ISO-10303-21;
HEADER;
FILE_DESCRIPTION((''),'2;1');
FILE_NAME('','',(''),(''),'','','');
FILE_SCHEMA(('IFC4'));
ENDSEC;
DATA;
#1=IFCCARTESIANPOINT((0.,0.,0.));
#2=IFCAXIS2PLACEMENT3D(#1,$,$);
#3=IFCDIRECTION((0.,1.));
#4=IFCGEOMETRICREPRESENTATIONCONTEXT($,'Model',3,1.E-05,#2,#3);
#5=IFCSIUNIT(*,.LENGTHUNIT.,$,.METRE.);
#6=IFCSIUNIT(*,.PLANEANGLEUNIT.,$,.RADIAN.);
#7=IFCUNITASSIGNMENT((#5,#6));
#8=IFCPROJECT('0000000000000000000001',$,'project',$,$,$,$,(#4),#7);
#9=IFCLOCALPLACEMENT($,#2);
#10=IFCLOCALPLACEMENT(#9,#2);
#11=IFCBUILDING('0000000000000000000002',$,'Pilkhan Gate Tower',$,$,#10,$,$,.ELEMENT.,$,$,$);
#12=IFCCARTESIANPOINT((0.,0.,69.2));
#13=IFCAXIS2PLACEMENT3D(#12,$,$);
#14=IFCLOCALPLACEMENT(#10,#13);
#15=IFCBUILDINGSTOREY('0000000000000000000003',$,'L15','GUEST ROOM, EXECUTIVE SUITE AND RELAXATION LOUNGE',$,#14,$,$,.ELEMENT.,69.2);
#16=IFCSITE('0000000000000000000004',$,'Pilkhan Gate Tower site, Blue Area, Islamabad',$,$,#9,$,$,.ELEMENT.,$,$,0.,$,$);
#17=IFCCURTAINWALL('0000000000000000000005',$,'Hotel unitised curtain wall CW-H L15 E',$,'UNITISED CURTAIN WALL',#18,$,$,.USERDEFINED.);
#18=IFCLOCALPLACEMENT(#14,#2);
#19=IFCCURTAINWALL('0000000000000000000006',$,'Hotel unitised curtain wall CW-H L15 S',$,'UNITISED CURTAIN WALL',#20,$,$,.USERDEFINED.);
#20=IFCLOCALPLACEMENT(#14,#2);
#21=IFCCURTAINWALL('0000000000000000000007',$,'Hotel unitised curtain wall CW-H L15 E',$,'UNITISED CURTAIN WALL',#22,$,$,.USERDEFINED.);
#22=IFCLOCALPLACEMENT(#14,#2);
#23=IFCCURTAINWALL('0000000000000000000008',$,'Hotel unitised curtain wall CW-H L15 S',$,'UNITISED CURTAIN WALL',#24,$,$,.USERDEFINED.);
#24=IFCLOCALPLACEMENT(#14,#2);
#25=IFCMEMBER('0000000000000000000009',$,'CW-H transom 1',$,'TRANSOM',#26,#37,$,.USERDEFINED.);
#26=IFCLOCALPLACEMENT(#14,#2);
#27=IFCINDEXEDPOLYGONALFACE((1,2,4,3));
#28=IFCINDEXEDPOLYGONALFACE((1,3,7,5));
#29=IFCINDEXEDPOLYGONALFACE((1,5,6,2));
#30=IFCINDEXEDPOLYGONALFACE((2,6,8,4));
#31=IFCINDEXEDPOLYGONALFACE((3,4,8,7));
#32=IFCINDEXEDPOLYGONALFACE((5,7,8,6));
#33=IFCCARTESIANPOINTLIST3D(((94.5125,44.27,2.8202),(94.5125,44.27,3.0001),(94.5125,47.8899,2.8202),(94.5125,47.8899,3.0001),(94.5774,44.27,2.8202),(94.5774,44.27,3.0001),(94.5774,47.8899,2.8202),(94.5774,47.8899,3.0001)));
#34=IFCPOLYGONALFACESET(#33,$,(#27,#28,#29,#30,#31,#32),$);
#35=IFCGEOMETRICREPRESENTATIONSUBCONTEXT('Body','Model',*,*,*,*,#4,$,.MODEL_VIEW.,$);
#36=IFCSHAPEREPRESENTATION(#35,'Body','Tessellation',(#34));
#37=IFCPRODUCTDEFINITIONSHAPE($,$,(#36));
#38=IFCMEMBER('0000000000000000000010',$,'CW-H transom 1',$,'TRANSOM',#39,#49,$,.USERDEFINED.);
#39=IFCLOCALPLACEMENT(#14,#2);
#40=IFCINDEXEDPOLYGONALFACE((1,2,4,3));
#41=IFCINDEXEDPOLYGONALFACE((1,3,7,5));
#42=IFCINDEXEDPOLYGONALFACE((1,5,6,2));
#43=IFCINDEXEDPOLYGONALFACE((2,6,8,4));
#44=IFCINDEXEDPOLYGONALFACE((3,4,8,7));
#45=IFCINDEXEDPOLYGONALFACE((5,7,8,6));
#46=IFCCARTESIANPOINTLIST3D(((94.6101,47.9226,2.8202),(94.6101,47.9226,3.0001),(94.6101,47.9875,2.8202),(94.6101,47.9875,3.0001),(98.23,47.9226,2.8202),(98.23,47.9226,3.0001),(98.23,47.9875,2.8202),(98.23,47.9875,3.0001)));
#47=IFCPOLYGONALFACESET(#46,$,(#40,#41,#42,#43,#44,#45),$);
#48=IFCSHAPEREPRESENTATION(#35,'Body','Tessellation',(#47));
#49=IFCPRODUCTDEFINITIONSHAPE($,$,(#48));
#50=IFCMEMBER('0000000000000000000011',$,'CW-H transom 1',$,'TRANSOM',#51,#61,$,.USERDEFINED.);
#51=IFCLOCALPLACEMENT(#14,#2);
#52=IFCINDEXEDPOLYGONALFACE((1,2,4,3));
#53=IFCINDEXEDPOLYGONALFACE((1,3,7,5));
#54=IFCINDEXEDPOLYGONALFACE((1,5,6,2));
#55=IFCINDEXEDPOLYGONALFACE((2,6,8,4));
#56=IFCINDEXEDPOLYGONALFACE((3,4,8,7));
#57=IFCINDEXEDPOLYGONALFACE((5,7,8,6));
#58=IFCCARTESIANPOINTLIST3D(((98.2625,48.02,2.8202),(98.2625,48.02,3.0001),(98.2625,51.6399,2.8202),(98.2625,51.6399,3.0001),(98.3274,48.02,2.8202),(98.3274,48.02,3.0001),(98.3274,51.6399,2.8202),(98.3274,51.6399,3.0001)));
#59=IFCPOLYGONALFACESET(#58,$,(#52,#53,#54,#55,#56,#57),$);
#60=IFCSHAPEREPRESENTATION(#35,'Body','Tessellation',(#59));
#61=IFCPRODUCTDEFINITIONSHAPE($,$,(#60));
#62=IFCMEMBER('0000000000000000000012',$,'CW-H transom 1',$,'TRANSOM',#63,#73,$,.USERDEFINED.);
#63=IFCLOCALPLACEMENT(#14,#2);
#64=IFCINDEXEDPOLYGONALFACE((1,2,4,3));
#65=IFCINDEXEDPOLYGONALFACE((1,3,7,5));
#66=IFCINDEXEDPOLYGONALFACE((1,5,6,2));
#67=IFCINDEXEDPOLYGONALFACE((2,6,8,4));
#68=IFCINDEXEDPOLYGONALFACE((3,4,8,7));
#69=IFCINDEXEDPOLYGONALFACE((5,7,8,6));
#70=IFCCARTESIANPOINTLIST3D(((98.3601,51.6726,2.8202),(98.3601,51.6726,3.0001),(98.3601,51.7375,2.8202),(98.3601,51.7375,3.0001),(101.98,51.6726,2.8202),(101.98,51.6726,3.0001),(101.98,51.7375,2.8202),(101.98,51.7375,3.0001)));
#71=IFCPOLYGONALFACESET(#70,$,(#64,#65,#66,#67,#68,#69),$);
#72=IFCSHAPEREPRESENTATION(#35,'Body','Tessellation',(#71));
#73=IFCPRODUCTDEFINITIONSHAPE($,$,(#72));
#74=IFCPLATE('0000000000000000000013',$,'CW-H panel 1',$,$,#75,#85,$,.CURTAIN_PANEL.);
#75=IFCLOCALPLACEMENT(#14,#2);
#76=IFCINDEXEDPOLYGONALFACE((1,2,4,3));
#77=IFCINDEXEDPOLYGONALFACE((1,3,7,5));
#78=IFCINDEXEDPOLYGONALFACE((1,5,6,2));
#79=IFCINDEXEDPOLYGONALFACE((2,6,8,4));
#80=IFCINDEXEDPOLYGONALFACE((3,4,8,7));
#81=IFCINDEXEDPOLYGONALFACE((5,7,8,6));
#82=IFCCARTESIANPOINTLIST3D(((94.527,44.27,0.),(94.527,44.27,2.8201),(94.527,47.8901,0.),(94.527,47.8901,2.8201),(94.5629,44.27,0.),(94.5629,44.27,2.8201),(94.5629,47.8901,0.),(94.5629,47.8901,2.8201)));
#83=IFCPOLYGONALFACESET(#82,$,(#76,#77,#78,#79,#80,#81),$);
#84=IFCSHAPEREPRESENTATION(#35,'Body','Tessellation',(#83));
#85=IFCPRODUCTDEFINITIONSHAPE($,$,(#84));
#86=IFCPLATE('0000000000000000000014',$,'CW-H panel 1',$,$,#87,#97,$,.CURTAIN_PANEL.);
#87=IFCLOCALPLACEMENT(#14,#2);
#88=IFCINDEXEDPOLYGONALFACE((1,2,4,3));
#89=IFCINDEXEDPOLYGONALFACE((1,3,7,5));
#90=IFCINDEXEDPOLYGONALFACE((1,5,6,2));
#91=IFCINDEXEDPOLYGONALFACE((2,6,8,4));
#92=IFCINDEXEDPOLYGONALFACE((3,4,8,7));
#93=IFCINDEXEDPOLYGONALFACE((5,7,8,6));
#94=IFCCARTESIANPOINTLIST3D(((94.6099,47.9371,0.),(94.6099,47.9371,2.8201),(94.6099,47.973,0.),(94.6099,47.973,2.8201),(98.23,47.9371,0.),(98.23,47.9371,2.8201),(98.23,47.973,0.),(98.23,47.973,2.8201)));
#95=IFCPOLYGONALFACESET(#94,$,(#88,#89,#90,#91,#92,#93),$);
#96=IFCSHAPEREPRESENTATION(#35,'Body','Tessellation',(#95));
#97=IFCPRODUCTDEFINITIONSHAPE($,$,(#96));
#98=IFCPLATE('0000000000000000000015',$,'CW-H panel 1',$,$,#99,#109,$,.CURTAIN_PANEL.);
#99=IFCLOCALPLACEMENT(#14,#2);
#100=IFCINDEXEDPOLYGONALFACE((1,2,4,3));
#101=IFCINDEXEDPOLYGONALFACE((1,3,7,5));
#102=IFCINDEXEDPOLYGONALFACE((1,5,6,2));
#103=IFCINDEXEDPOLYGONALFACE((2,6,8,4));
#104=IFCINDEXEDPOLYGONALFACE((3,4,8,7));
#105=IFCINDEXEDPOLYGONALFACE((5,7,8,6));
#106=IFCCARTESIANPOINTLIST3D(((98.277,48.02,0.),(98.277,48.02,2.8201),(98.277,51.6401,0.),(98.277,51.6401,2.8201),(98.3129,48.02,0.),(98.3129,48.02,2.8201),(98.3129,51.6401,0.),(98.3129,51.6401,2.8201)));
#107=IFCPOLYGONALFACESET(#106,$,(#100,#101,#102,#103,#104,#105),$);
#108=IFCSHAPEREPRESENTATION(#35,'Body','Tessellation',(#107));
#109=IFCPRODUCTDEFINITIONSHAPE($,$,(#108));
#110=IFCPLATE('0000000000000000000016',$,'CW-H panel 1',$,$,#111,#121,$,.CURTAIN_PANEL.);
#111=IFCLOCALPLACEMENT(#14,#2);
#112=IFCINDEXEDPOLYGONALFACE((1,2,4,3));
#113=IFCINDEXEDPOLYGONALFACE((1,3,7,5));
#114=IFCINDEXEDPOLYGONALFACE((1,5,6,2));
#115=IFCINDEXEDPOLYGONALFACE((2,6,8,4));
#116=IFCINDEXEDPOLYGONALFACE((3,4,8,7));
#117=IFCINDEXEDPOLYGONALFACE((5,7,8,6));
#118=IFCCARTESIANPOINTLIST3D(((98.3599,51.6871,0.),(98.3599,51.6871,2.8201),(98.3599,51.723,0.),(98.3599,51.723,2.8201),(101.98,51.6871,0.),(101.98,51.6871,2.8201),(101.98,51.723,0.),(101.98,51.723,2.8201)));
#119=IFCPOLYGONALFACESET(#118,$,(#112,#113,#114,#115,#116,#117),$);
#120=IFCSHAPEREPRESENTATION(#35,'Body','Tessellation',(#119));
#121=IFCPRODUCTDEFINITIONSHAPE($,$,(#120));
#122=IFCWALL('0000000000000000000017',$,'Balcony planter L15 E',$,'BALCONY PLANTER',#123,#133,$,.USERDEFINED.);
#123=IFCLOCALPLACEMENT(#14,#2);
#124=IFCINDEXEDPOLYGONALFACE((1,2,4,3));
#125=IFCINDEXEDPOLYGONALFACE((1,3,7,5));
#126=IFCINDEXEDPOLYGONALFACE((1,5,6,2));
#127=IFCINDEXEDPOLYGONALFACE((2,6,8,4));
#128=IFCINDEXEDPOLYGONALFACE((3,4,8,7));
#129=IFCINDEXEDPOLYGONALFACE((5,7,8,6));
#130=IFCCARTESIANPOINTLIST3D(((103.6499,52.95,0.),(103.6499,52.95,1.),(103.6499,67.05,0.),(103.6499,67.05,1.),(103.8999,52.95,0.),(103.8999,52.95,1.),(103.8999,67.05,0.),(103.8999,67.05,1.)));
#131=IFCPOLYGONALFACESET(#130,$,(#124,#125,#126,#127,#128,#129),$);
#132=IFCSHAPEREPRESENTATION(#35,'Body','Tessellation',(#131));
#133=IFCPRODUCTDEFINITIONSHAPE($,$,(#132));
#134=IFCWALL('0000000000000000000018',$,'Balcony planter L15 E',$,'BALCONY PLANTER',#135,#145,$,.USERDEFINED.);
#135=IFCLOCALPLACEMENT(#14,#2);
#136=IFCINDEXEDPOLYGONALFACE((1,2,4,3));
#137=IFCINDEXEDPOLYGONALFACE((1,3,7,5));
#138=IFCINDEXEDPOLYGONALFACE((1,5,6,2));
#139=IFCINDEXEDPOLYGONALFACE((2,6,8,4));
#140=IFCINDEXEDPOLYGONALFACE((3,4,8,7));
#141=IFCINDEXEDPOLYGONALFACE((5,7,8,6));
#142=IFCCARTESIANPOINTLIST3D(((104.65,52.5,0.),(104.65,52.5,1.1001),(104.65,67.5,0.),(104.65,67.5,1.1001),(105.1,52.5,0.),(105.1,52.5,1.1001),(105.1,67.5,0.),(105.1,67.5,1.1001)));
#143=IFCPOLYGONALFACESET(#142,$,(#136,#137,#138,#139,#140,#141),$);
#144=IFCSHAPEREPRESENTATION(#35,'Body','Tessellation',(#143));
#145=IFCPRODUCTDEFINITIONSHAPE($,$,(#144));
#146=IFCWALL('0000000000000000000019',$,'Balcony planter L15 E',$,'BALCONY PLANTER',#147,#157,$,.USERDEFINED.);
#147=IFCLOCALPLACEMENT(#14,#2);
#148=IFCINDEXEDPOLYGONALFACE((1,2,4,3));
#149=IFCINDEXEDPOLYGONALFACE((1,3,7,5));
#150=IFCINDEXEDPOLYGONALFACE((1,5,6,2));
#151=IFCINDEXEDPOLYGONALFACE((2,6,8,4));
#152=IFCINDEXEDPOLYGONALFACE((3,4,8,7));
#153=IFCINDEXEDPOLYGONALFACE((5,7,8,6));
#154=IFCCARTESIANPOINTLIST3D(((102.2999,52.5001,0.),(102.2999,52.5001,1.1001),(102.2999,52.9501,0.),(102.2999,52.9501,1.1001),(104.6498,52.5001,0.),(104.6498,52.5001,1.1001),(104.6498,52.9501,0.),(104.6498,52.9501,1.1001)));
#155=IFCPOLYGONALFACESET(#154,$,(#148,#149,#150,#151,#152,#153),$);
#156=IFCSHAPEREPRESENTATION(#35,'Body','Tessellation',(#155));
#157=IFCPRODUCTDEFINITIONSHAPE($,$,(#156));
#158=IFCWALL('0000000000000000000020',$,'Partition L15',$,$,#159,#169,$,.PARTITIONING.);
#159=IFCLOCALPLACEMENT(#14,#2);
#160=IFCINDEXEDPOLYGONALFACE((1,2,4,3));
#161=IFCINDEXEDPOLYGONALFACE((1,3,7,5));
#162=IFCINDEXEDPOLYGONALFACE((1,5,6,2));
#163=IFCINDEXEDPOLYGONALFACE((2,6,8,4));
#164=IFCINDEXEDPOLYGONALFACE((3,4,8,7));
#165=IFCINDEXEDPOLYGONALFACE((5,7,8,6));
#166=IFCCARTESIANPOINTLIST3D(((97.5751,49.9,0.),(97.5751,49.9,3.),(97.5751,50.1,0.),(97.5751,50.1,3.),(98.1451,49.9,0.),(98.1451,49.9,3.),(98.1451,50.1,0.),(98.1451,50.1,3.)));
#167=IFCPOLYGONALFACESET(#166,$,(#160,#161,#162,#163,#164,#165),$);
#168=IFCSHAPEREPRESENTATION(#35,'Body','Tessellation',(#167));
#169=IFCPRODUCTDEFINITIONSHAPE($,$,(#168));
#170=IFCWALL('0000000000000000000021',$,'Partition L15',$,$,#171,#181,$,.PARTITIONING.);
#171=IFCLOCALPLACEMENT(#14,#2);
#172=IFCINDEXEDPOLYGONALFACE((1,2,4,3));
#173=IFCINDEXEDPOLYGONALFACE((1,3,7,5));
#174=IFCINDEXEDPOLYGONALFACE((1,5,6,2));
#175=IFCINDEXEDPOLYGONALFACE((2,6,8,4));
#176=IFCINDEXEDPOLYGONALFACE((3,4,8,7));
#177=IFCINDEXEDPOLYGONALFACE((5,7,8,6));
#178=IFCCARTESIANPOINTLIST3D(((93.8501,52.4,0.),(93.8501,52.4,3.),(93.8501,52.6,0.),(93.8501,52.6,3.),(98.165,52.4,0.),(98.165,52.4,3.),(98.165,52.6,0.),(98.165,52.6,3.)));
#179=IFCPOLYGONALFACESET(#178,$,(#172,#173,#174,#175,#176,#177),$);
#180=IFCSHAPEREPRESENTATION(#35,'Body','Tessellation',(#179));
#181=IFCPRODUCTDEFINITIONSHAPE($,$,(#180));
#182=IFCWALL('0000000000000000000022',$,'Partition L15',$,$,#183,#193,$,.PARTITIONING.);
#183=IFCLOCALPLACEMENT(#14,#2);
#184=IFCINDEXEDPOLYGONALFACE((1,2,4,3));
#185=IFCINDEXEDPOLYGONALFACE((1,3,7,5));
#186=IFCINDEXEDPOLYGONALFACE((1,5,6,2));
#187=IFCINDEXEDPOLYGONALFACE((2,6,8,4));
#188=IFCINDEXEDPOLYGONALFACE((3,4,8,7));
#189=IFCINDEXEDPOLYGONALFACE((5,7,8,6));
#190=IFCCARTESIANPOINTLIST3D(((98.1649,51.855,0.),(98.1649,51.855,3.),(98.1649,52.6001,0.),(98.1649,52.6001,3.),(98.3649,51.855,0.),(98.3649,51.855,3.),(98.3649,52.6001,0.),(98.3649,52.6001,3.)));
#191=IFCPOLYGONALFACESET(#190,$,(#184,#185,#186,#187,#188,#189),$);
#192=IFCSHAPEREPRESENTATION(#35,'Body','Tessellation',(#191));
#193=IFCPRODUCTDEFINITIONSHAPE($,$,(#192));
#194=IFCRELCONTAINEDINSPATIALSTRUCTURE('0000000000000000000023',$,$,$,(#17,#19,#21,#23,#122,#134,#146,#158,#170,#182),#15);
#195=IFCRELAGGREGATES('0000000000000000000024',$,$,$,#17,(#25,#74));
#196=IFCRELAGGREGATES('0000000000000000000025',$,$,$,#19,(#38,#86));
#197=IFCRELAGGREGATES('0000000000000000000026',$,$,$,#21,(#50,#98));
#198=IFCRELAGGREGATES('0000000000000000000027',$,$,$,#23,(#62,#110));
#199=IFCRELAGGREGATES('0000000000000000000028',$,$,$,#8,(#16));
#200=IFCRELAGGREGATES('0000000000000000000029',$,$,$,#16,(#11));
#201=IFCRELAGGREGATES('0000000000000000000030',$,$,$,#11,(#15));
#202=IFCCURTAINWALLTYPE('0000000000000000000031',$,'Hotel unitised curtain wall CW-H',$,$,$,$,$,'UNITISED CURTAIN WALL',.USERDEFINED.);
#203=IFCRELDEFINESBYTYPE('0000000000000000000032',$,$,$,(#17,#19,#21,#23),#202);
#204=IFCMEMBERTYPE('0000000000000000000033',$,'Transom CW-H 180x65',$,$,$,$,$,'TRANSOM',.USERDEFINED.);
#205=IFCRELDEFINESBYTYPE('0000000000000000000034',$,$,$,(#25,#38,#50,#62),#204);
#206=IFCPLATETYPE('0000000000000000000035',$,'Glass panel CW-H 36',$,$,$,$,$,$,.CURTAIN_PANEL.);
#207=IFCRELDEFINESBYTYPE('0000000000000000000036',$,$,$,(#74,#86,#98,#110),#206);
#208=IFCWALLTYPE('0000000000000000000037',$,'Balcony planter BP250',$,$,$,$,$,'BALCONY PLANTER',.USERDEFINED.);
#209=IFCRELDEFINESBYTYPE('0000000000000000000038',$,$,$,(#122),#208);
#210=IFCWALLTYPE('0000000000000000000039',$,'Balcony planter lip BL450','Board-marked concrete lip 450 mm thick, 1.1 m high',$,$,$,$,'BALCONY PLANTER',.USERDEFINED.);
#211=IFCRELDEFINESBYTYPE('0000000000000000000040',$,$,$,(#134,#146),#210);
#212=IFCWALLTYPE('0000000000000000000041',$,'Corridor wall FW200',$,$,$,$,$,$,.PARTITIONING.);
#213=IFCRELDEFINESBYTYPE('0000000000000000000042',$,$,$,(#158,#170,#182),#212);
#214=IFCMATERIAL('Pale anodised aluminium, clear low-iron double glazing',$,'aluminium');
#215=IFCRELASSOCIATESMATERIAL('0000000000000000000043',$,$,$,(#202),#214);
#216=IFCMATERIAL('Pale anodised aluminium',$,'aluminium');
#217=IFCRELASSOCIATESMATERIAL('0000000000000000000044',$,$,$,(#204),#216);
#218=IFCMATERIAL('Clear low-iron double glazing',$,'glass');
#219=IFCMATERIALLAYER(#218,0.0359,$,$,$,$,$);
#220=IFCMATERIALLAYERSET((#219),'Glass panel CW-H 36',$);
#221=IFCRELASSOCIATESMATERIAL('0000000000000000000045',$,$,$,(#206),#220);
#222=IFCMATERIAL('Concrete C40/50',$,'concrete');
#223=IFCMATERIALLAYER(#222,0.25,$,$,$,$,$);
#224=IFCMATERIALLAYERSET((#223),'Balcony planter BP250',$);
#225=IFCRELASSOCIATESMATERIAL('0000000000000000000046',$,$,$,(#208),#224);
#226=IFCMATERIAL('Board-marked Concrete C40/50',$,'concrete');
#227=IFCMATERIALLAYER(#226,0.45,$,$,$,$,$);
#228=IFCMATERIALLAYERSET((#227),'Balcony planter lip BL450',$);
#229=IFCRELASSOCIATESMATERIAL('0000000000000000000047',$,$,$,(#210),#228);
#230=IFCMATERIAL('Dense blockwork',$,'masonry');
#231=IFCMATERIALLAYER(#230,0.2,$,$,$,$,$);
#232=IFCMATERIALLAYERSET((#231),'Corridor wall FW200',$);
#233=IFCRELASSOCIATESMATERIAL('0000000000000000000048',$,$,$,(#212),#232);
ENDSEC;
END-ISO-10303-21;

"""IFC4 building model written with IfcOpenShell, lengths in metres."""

from ifc_helpers import new_model, si_unit, direction, frame, frame_2d, origin, origin_2d, place, context, subcontext, project, spatial, rectangle, extrude, material, layer, layer_set, material_profile, profile_set, type_object, element, aggregate, save


model = new_model("IFC4")

# Units and contexts
model_context = context("Model", 3, precision=1e-05, world=origin(), true_north=direction((0.0, 1.0)))
body_context = subcontext(model_context, "Body", "Model", "MODEL_VIEW")
ifc_project = project(units=[si_unit("LENGTHUNIT", "METRE"), si_unit("PLANEANGLEUNIT", "RADIAN")], contexts=[model_context])

# Site, building, storey
site_placement = place(None, origin())
site = spatial("IfcSite", under=ifc_project, at=site_placement, Name="Pilkhan Gate Tower site, Blue Area, Islamabad", CompositionType="ELEMENT", RefElevation=0.0)
building_placement = place(site_placement, origin())
building = spatial("IfcBuilding", under=site, at=building_placement, Name="Pilkhan Gate Tower", CompositionType="ELEMENT")
storey_placement = place(building_placement, frame((0.0, 0.0, 69.2)))
storey = spatial("IfcBuildingStorey", under=building, at=storey_placement, Name="L15", Description="GUEST ROOM, EXECUTIVE SUITE AND RELAXATION LOUNGE", CompositionType="ELEMENT", Elevation=69.2)

# Shared definitions
ifc_material_1 = material(Name="Pale anodised aluminium, clear low-iron double glazing", Category="aluminium")
curtain_wall_type = type_object("IfcCurtainWallType", Name="Hotel unitised curtain wall CW-H", ElementType="UNITISED CURTAIN WALL", PredefinedType="USERDEFINED", material=ifc_material_1)
ifc_material_2 = material(Name="Pale anodised aluminium", Category="aluminium")

# Curtain walls
curtain_wall_1_placement = place(storey_placement, origin())
curtain_wall_1 = element("IfcCurtainWall", 1, at=curtain_wall_1_placement, inside=storey, type_object=curtain_wall_type, Name="Hotel unitised curtain wall CW-H L15 E", ObjectType="UNITISED CURTAIN WALL", PredefinedType="USERDEFINED")
curtain_wall_2_placement = place(storey_placement, origin())
curtain_wall_2 = element("IfcCurtainWall", 2, at=curtain_wall_2_placement, inside=storey, type_object=curtain_wall_type, Name="Hotel unitised curtain wall CW-H L15 S", ObjectType="UNITISED CURTAIN WALL", PredefinedType="USERDEFINED")
curtain_wall_3_placement = place(storey_placement, origin())
curtain_wall_3 = element("IfcCurtainWall", 3, at=curtain_wall_3_placement, inside=storey, type_object=curtain_wall_type, Name="Hotel unitised curtain wall CW-H L15 E", ObjectType="UNITISED CURTAIN WALL", PredefinedType="USERDEFINED")
curtain_wall_4_placement = place(storey_placement, origin())
curtain_wall_4 = element("IfcCurtainWall", 4, at=curtain_wall_4_placement, inside=storey, type_object=curtain_wall_type, Name="Hotel unitised curtain wall CW-H L15 S", ObjectType="UNITISED CURTAIN WALL", PredefinedType="USERDEFINED")

# Members
ifc_material_profile_1 = material_profile(ifc_material_2, rectangle(XDim=0.0649, YDim=0.1799, at=origin_2d()), Name="Transom 180x65")
ifc_profile_set_1 = profile_set([ifc_material_profile_1], Name="Pale anodised aluminium")
member_type_1 = type_object("IfcMemberType", Name="Transom CW-H 180x65", ElementType="TRANSOM", PredefinedType="USERDEFINED", material=ifc_profile_set_1)
member_1_placement = place(storey_placement, frame((94.5449, 44.27, 2.9102), z_axis=(0.0, 1.0, 0.0), x_axis=(-1.0, 0.0, 0.0)))
member_1 = element("IfcMember", 5, at=member_1_placement, type_object=member_type_1, Name="CW-H transom 1", ObjectType="TRANSOM", PredefinedType="USERDEFINED", context=body_context, shape_type="SweptSolid", body=[
    extrude(rectangle(XDim=0.0649, YDim=0.1799, at=origin_2d()), origin(), (0.0, 0.0, 1.0), 3.6199),
])
member_2_placement = place(storey_placement, frame((94.6101, 47.9551, 2.9102), z_axis=(1.0, 0.0, 0.0), x_axis=(0.0, 1.0, 0.0)))
member_2 = element("IfcMember", 6, at=member_2_placement, type_object=member_type_1, Name="CW-H transom 1", ObjectType="TRANSOM", PredefinedType="USERDEFINED", context=body_context, shape_type="SweptSolid", body=[
    extrude(rectangle(XDim=0.0649, YDim=0.1799, at=origin_2d()), origin(), (0.0, 0.0, 1.0), 3.6199),
])
member_3_placement = place(storey_placement, frame((98.2949, 48.02, 2.9102), z_axis=(0.0, 1.0, 0.0), x_axis=(-1.0, 0.0, 0.0)))
member_3 = element("IfcMember", 7, at=member_3_placement, type_object=member_type_1, Name="CW-H transom 1", ObjectType="TRANSOM", PredefinedType="USERDEFINED", context=body_context, shape_type="SweptSolid", body=[
    extrude(rectangle(XDim=0.0649, YDim=0.1799, at=origin_2d()), origin(), (0.0, 0.0, 1.0), 3.6199),
])
member_4_placement = place(storey_placement, frame((98.3601, 51.7051, 2.9102), z_axis=(1.0, 0.0, 0.0), x_axis=(0.0, 1.0, 0.0)))
member_4 = element("IfcMember", 8, at=member_4_placement, type_object=member_type_1, Name="CW-H transom 1", ObjectType="TRANSOM", PredefinedType="USERDEFINED", context=body_context, shape_type="SweptSolid", body=[
    extrude(rectangle(XDim=0.0649, YDim=0.1799, at=origin_2d()), origin(), (0.0, 0.0, 1.0), 3.6199),
])

# Plates
ifc_material_3 = material(Name="Clear low-iron double glazing", Category="glass")
ifc_layer_1 = layer(ifc_material_3, 0.0359)
ifc_layer_set_1 = layer_set([ifc_layer_1], Name="Glass panel CW-H 36")
plate_type = type_object("IfcPlateType", Name="Glass panel CW-H 36", PredefinedType="CURTAIN_PANEL", material=ifc_layer_set_1)
plate_1_placement = place(storey_placement, frame((94.5449, 46.0801, 0.0), z_axis=(0.0, 0.0, 1.0), x_axis=(0.0, 1.0, 0.0)))
plate_1 = element("IfcPlate", 9, at=plate_1_placement, type_object=plate_type, Name="CW-H panel 1", PredefinedType="CURTAIN_PANEL", context=body_context, shape_type="SweptSolid", body=[
    extrude(rectangle(XDim=3.6201, YDim=0.0359, at=origin_2d()), origin(), (0.0, 0.0, 1.0), 2.8201),
])
aggregate(curtain_wall_1, [member_1, plate_1])
plate_2_placement = place(storey_placement, frame((96.4199, 47.9551, 0.0), z_axis=(0.0, 0.0, 1.0), x_axis=(1.0, 0.0, 0.0)))
plate_2 = element("IfcPlate", 10, at=plate_2_placement, type_object=plate_type, Name="CW-H panel 1", PredefinedType="CURTAIN_PANEL", context=body_context, shape_type="SweptSolid", body=[
    extrude(rectangle(XDim=3.6201, YDim=0.0359, at=origin_2d()), origin(), (0.0, 0.0, 1.0), 2.8201),
])
aggregate(curtain_wall_2, [member_2, plate_2])
plate_3_placement = place(storey_placement, frame((98.2949, 49.8301, 0.0), z_axis=(0.0, 0.0, 1.0), x_axis=(0.0, 1.0, 0.0)))
plate_3 = element("IfcPlate", 11, at=plate_3_placement, type_object=plate_type, Name="CW-H panel 1", PredefinedType="CURTAIN_PANEL", context=body_context, shape_type="SweptSolid", body=[
    extrude(rectangle(XDim=3.6201, YDim=0.0359, at=origin_2d()), origin(), (0.0, 0.0, 1.0), 2.8201),
])
aggregate(curtain_wall_3, [member_3, plate_3])
plate_4_placement = place(storey_placement, frame((100.1699, 51.7051, 0.0), z_axis=(0.0, 0.0, 1.0), x_axis=(1.0, 0.0, 0.0)))
plate_4 = element("IfcPlate", 12, at=plate_4_placement, type_object=plate_type, Name="CW-H panel 1", PredefinedType="CURTAIN_PANEL", context=body_context, shape_type="SweptSolid", body=[
    extrude(rectangle(XDim=3.6201, YDim=0.0359, at=origin_2d()), origin(), (0.0, 0.0, 1.0), 2.8201),
])
aggregate(curtain_wall_4, [member_4, plate_4])

# Walls
ifc_material_4 = material(Name="Concrete C40/50", Category="concrete")
ifc_layer_2 = layer(ifc_material_4, 0.25)
ifc_layer_set_2 = layer_set([ifc_layer_2], Name="Balcony planter BP250")
wall_type_1 = type_object("IfcWallType", Name="Balcony planter BP250", ElementType="BALCONY PLANTER", PredefinedType="USERDEFINED", material=ifc_layer_set_2)
wall_1_placement = place(storey_placement, frame((103.7749, 52.95, 0.0), z_axis=(0.0, 0.0, 1.0), x_axis=(0.0, 1.0, 0.0)))
element("IfcWall", 13, at=wall_1_placement, inside=storey, type_object=wall_type_1, Name="Balcony planter L15 E", ObjectType="BALCONY PLANTER", PredefinedType="USERDEFINED", context=body_context, shape_type="SweptSolid", body=[
    extrude(rectangle(XDim=14.1001, YDim=0.25, at=frame_2d((7.05, 0.0))), origin(), (0.0, 0.0, 1.0), 1.0),
])
ifc_material_5 = material(Name="Board-marked Concrete C40/50", Category="concrete")
ifc_layer_3 = layer(ifc_material_5, 0.45)
ifc_layer_set_3 = layer_set([ifc_layer_3], Name="Balcony planter lip BL450")
wall_type_2 = type_object("IfcWallType", Name="Balcony planter lip BL450", Description="Board-marked concrete lip 450 mm thick, 1.1 m high", ElementType="BALCONY PLANTER", PredefinedType="USERDEFINED", material=ifc_layer_set_3)
wall_2_placement = place(storey_placement, frame((104.875, 52.5, 0.0), z_axis=(0.0, 0.0, 1.0), x_axis=(0.0, 1.0, 0.0)))
element("IfcWall", 14, at=wall_2_placement, inside=storey, type_object=wall_type_2, Name="Balcony planter L15 E", ObjectType="BALCONY PLANTER", PredefinedType="USERDEFINED", context=body_context, shape_type="SweptSolid", body=[
    extrude(rectangle(XDim=15.0, YDim=0.45, at=frame_2d((7.5, 0.0))), origin(), (0.0, 0.0, 1.0), 1.1001),
])
wall_3_placement = place(storey_placement, frame((102.3, 52.7251, 0.0), z_axis=(0.0, 0.0, 1.0), x_axis=(1.0, 0.0, 0.0)))
element("IfcWall", 15, at=wall_3_placement, inside=storey, type_object=wall_type_2, Name="Balcony planter L15 E", ObjectType="BALCONY PLANTER", PredefinedType="USERDEFINED", context=body_context, shape_type="SweptSolid", body=[
    extrude(rectangle(XDim=2.3499, YDim=0.45, at=frame_2d((1.1748, 0.0))), origin(), (0.0, 0.0, 1.0), 1.1001),
])
ifc_material_6 = material(Name="Dense blockwork", Category="masonry")
ifc_layer_4 = layer(ifc_material_6, 0.2)
ifc_layer_set_4 = layer_set([ifc_layer_4], Name="Corridor wall FW200")
wall_type_3 = type_object("IfcWallType", Name="Corridor wall FW200", PredefinedType="PARTITIONING", material=ifc_layer_set_4)
wall_4_placement = place(storey_placement, frame((97.575, 50.0, 0.0), z_axis=(0.0, 0.0, 1.0), x_axis=(1.0, 0.0, 0.0)))
element("IfcWall", 16, at=wall_4_placement, inside=storey, type_object=wall_type_3, Name="Partition L15", PredefinedType="PARTITIONING", context=body_context, shape_type="SweptSolid", body=[
    extrude(rectangle(XDim=0.5701, YDim=0.2, at=frame_2d((0.2852, 0.0))), origin(), (0.0, 0.0, 1.0), 3.0),
])
wall_5_placement = place(storey_placement, frame((93.8501, 52.5, 0.0), z_axis=(0.0, 0.0, 1.0), x_axis=(1.0, 0.0, 0.0)))
element("IfcWall", 17, at=wall_5_placement, inside=storey, type_object=wall_type_3, Name="Partition L15", PredefinedType="PARTITIONING", context=body_context, shape_type="SweptSolid", body=[
    extrude(rectangle(XDim=4.3149, YDim=0.2, at=frame_2d((2.1575, 0.0))), origin(), (0.0, 0.0, 1.0), 3.0),
])
wall_6_placement = place(storey_placement, frame((98.2649, 51.855, 0.0), z_axis=(0.0, 0.0, 1.0), x_axis=(0.0, 1.0, 0.0)))
element("IfcWall", 18, at=wall_6_placement, inside=storey, type_object=wall_type_3, Name="Partition L15", PredefinedType="PARTITIONING", context=body_context, shape_type="SweptSolid", body=[
    extrude(rectangle(XDim=0.7451, YDim=0.2, at=frame_2d((0.3726, 0.0))), origin(), (0.0, 0.0, 1.0), 3.0),
])

save(model, "model.ifc")
